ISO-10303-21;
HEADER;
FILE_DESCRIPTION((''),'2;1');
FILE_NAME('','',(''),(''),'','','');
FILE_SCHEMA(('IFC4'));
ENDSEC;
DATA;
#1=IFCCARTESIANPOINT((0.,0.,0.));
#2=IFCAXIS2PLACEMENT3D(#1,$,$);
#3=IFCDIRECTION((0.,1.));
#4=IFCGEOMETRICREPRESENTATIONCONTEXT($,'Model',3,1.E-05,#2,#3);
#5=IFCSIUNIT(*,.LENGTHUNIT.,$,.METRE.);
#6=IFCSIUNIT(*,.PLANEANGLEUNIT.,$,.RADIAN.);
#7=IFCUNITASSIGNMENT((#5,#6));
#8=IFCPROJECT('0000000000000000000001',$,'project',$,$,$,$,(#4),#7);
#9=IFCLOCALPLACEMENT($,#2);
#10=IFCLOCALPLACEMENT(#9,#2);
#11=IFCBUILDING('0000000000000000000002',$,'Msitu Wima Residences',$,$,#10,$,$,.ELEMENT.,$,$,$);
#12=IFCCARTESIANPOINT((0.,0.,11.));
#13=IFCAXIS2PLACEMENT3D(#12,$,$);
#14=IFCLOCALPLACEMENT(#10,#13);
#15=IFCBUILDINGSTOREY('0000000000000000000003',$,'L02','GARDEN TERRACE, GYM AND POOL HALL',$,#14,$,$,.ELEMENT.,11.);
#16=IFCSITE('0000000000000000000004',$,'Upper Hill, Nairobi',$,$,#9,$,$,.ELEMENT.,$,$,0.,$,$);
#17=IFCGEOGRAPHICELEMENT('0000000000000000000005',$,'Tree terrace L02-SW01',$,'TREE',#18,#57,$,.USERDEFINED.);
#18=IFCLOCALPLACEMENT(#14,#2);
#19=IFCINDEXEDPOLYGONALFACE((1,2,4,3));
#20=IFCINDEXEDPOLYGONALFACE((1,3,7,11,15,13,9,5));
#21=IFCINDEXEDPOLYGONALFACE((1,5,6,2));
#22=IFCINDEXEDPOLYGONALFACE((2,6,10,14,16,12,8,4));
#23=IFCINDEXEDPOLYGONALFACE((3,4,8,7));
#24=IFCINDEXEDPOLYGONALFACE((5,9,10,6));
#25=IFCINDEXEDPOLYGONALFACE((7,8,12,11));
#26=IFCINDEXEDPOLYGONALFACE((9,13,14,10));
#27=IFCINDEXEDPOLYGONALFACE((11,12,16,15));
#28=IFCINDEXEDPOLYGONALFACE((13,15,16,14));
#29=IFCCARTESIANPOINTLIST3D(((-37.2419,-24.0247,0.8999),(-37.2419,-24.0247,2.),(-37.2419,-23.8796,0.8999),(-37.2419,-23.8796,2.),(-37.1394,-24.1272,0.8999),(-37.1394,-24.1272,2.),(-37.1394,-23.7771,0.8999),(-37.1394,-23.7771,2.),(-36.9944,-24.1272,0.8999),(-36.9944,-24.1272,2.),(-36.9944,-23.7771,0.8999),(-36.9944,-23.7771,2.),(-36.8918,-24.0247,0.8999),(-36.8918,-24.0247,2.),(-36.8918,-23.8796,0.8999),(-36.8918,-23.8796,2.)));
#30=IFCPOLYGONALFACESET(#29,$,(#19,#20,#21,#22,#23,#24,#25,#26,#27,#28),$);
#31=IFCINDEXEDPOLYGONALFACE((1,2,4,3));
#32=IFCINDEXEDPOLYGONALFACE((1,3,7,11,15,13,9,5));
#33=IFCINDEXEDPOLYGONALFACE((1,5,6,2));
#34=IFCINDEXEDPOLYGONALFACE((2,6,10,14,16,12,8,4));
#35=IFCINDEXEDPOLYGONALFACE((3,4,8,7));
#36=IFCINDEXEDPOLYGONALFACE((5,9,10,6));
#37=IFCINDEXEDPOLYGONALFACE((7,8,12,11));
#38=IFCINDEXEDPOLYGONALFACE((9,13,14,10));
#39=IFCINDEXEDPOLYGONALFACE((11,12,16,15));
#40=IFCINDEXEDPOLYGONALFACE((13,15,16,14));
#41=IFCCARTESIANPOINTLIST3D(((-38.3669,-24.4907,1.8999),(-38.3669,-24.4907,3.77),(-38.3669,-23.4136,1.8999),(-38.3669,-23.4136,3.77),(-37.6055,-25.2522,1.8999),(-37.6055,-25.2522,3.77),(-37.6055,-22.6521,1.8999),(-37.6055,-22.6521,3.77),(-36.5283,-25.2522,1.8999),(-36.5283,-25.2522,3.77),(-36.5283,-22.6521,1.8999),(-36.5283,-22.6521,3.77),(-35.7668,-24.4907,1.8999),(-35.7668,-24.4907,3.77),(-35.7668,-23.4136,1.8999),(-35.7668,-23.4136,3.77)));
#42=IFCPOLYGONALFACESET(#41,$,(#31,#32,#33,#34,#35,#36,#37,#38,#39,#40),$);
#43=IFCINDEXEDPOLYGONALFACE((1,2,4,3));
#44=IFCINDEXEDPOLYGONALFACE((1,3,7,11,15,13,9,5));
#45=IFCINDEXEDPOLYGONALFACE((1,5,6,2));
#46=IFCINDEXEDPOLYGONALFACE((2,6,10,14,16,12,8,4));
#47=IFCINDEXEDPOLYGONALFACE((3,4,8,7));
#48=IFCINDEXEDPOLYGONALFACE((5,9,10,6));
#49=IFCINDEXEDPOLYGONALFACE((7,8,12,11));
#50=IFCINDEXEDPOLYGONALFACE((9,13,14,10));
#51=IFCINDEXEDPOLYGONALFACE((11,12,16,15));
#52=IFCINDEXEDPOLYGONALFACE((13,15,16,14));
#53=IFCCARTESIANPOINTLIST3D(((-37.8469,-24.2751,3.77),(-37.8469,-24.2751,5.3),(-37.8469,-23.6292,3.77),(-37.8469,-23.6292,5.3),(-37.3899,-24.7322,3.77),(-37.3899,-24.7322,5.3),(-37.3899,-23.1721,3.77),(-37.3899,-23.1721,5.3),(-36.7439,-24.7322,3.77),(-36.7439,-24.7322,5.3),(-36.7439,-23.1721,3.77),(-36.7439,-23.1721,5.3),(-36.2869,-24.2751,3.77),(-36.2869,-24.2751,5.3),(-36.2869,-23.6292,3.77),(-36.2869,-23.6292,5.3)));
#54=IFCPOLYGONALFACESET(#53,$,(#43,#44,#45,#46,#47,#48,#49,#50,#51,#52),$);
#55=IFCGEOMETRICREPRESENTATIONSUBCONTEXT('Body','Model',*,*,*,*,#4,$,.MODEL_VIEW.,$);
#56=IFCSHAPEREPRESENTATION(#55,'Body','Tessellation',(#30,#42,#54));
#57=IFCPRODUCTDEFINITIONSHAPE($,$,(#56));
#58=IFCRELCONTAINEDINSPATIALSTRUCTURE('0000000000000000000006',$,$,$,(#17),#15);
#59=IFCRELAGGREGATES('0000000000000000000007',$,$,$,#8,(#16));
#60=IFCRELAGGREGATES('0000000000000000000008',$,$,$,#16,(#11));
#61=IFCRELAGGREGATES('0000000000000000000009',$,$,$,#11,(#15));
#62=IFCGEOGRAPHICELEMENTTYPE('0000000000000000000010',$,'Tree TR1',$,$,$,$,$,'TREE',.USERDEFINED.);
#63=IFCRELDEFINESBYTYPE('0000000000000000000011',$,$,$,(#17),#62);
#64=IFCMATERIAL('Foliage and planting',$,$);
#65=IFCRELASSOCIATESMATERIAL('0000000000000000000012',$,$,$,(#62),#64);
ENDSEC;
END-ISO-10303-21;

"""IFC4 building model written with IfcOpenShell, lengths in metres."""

from ifc_helpers import new_model, si_unit, direction, frame, origin, place, context, subcontext, project, spatial, polyline, outline, extrude, material, type_object, element, save


model = new_model("IFC4")

# Units and contexts
model_context = context("Model", 3, precision=1e-05, world=origin(), true_north=direction((0.0, 1.0)))
body_context = subcontext(model_context, "Body", "Model", "MODEL_VIEW")
ifc_project = project(units=[si_unit("LENGTHUNIT", "METRE"), si_unit("PLANEANGLEUNIT", "RADIAN")], contexts=[model_context])

# Site, building, storey
site_placement = place(None, origin())
site = spatial("IfcSite", under=ifc_project, at=site_placement, Name="Upper Hill, Nairobi", CompositionType="ELEMENT", RefElevation=0.0)
building_placement = place(site_placement, origin())
building = spatial("IfcBuilding", under=site, at=building_placement, Name="Msitu Wima Residences", CompositionType="ELEMENT")
storey_placement = place(building_placement, frame((0.0, 0.0, 11.0)))
storey = spatial("IfcBuildingStorey", under=building, at=storey_placement, Name="L02", Description="GARDEN TERRACE, GYM AND POOL HALL", CompositionType="ELEMENT", Elevation=11.0)

# Geographic element
ifc_material_1 = material(Name="Foliage and planting")
geographic_element_type = type_object("IfcGeographicElementType", Name="Tree TR1", ElementType="TREE", PredefinedType="USERDEFINED", material=ifc_material_1)
geographic_element_placement = place(storey_placement, frame((-37.0669, -23.9521, 0.8999), z_axis=(0.0, 0.0, 1.0), x_axis=(1.0, 0.0, 0.0)))
element("IfcGeographicElement", 1, at=geographic_element_placement, inside=storey, type_object=geographic_element_type, Name="Tree terrace L02-SW01", ObjectType="TREE", PredefinedType="USERDEFINED", context=body_context, shape_type="SweptSolid", body=[
    extrude(outline(polyline([(0.175, 0.0725), (0.0725, 0.175), (-0.0725, 0.175), (-0.175, 0.0725), (-0.175, -0.0725), (-0.0725, -0.175), (0.0725, -0.175), (0.175, -0.0725), (0.175, 0.0725)])), origin(), (0.0, 0.0, 1.0), 1.1001),
    extrude(outline(polyline([(1.3, 0.5386), (0.5386, 1.3), (-0.5386, 1.3), (-1.3, 0.5386), (-1.3, -0.5386), (-0.5386, -1.3), (0.5386, -1.3), (1.3, -0.5386), (1.3, 0.5386)])), frame((0.0, 0.0, 1.0)), (0.0, 0.0, 1.0), 1.8701),
    extrude(outline(polyline([(0.78, 0.323), (0.323, 0.78), (-0.323, 0.78), (-0.78, 0.323), (-0.78, -0.323), (-0.323, -0.78), (0.323, -0.78), (0.78, -0.323), (0.78, 0.323)])), frame((0.0, 0.0, 2.8701)), (0.0, 0.0, 1.0), 1.53),
])

save(model, "model.ifc")
